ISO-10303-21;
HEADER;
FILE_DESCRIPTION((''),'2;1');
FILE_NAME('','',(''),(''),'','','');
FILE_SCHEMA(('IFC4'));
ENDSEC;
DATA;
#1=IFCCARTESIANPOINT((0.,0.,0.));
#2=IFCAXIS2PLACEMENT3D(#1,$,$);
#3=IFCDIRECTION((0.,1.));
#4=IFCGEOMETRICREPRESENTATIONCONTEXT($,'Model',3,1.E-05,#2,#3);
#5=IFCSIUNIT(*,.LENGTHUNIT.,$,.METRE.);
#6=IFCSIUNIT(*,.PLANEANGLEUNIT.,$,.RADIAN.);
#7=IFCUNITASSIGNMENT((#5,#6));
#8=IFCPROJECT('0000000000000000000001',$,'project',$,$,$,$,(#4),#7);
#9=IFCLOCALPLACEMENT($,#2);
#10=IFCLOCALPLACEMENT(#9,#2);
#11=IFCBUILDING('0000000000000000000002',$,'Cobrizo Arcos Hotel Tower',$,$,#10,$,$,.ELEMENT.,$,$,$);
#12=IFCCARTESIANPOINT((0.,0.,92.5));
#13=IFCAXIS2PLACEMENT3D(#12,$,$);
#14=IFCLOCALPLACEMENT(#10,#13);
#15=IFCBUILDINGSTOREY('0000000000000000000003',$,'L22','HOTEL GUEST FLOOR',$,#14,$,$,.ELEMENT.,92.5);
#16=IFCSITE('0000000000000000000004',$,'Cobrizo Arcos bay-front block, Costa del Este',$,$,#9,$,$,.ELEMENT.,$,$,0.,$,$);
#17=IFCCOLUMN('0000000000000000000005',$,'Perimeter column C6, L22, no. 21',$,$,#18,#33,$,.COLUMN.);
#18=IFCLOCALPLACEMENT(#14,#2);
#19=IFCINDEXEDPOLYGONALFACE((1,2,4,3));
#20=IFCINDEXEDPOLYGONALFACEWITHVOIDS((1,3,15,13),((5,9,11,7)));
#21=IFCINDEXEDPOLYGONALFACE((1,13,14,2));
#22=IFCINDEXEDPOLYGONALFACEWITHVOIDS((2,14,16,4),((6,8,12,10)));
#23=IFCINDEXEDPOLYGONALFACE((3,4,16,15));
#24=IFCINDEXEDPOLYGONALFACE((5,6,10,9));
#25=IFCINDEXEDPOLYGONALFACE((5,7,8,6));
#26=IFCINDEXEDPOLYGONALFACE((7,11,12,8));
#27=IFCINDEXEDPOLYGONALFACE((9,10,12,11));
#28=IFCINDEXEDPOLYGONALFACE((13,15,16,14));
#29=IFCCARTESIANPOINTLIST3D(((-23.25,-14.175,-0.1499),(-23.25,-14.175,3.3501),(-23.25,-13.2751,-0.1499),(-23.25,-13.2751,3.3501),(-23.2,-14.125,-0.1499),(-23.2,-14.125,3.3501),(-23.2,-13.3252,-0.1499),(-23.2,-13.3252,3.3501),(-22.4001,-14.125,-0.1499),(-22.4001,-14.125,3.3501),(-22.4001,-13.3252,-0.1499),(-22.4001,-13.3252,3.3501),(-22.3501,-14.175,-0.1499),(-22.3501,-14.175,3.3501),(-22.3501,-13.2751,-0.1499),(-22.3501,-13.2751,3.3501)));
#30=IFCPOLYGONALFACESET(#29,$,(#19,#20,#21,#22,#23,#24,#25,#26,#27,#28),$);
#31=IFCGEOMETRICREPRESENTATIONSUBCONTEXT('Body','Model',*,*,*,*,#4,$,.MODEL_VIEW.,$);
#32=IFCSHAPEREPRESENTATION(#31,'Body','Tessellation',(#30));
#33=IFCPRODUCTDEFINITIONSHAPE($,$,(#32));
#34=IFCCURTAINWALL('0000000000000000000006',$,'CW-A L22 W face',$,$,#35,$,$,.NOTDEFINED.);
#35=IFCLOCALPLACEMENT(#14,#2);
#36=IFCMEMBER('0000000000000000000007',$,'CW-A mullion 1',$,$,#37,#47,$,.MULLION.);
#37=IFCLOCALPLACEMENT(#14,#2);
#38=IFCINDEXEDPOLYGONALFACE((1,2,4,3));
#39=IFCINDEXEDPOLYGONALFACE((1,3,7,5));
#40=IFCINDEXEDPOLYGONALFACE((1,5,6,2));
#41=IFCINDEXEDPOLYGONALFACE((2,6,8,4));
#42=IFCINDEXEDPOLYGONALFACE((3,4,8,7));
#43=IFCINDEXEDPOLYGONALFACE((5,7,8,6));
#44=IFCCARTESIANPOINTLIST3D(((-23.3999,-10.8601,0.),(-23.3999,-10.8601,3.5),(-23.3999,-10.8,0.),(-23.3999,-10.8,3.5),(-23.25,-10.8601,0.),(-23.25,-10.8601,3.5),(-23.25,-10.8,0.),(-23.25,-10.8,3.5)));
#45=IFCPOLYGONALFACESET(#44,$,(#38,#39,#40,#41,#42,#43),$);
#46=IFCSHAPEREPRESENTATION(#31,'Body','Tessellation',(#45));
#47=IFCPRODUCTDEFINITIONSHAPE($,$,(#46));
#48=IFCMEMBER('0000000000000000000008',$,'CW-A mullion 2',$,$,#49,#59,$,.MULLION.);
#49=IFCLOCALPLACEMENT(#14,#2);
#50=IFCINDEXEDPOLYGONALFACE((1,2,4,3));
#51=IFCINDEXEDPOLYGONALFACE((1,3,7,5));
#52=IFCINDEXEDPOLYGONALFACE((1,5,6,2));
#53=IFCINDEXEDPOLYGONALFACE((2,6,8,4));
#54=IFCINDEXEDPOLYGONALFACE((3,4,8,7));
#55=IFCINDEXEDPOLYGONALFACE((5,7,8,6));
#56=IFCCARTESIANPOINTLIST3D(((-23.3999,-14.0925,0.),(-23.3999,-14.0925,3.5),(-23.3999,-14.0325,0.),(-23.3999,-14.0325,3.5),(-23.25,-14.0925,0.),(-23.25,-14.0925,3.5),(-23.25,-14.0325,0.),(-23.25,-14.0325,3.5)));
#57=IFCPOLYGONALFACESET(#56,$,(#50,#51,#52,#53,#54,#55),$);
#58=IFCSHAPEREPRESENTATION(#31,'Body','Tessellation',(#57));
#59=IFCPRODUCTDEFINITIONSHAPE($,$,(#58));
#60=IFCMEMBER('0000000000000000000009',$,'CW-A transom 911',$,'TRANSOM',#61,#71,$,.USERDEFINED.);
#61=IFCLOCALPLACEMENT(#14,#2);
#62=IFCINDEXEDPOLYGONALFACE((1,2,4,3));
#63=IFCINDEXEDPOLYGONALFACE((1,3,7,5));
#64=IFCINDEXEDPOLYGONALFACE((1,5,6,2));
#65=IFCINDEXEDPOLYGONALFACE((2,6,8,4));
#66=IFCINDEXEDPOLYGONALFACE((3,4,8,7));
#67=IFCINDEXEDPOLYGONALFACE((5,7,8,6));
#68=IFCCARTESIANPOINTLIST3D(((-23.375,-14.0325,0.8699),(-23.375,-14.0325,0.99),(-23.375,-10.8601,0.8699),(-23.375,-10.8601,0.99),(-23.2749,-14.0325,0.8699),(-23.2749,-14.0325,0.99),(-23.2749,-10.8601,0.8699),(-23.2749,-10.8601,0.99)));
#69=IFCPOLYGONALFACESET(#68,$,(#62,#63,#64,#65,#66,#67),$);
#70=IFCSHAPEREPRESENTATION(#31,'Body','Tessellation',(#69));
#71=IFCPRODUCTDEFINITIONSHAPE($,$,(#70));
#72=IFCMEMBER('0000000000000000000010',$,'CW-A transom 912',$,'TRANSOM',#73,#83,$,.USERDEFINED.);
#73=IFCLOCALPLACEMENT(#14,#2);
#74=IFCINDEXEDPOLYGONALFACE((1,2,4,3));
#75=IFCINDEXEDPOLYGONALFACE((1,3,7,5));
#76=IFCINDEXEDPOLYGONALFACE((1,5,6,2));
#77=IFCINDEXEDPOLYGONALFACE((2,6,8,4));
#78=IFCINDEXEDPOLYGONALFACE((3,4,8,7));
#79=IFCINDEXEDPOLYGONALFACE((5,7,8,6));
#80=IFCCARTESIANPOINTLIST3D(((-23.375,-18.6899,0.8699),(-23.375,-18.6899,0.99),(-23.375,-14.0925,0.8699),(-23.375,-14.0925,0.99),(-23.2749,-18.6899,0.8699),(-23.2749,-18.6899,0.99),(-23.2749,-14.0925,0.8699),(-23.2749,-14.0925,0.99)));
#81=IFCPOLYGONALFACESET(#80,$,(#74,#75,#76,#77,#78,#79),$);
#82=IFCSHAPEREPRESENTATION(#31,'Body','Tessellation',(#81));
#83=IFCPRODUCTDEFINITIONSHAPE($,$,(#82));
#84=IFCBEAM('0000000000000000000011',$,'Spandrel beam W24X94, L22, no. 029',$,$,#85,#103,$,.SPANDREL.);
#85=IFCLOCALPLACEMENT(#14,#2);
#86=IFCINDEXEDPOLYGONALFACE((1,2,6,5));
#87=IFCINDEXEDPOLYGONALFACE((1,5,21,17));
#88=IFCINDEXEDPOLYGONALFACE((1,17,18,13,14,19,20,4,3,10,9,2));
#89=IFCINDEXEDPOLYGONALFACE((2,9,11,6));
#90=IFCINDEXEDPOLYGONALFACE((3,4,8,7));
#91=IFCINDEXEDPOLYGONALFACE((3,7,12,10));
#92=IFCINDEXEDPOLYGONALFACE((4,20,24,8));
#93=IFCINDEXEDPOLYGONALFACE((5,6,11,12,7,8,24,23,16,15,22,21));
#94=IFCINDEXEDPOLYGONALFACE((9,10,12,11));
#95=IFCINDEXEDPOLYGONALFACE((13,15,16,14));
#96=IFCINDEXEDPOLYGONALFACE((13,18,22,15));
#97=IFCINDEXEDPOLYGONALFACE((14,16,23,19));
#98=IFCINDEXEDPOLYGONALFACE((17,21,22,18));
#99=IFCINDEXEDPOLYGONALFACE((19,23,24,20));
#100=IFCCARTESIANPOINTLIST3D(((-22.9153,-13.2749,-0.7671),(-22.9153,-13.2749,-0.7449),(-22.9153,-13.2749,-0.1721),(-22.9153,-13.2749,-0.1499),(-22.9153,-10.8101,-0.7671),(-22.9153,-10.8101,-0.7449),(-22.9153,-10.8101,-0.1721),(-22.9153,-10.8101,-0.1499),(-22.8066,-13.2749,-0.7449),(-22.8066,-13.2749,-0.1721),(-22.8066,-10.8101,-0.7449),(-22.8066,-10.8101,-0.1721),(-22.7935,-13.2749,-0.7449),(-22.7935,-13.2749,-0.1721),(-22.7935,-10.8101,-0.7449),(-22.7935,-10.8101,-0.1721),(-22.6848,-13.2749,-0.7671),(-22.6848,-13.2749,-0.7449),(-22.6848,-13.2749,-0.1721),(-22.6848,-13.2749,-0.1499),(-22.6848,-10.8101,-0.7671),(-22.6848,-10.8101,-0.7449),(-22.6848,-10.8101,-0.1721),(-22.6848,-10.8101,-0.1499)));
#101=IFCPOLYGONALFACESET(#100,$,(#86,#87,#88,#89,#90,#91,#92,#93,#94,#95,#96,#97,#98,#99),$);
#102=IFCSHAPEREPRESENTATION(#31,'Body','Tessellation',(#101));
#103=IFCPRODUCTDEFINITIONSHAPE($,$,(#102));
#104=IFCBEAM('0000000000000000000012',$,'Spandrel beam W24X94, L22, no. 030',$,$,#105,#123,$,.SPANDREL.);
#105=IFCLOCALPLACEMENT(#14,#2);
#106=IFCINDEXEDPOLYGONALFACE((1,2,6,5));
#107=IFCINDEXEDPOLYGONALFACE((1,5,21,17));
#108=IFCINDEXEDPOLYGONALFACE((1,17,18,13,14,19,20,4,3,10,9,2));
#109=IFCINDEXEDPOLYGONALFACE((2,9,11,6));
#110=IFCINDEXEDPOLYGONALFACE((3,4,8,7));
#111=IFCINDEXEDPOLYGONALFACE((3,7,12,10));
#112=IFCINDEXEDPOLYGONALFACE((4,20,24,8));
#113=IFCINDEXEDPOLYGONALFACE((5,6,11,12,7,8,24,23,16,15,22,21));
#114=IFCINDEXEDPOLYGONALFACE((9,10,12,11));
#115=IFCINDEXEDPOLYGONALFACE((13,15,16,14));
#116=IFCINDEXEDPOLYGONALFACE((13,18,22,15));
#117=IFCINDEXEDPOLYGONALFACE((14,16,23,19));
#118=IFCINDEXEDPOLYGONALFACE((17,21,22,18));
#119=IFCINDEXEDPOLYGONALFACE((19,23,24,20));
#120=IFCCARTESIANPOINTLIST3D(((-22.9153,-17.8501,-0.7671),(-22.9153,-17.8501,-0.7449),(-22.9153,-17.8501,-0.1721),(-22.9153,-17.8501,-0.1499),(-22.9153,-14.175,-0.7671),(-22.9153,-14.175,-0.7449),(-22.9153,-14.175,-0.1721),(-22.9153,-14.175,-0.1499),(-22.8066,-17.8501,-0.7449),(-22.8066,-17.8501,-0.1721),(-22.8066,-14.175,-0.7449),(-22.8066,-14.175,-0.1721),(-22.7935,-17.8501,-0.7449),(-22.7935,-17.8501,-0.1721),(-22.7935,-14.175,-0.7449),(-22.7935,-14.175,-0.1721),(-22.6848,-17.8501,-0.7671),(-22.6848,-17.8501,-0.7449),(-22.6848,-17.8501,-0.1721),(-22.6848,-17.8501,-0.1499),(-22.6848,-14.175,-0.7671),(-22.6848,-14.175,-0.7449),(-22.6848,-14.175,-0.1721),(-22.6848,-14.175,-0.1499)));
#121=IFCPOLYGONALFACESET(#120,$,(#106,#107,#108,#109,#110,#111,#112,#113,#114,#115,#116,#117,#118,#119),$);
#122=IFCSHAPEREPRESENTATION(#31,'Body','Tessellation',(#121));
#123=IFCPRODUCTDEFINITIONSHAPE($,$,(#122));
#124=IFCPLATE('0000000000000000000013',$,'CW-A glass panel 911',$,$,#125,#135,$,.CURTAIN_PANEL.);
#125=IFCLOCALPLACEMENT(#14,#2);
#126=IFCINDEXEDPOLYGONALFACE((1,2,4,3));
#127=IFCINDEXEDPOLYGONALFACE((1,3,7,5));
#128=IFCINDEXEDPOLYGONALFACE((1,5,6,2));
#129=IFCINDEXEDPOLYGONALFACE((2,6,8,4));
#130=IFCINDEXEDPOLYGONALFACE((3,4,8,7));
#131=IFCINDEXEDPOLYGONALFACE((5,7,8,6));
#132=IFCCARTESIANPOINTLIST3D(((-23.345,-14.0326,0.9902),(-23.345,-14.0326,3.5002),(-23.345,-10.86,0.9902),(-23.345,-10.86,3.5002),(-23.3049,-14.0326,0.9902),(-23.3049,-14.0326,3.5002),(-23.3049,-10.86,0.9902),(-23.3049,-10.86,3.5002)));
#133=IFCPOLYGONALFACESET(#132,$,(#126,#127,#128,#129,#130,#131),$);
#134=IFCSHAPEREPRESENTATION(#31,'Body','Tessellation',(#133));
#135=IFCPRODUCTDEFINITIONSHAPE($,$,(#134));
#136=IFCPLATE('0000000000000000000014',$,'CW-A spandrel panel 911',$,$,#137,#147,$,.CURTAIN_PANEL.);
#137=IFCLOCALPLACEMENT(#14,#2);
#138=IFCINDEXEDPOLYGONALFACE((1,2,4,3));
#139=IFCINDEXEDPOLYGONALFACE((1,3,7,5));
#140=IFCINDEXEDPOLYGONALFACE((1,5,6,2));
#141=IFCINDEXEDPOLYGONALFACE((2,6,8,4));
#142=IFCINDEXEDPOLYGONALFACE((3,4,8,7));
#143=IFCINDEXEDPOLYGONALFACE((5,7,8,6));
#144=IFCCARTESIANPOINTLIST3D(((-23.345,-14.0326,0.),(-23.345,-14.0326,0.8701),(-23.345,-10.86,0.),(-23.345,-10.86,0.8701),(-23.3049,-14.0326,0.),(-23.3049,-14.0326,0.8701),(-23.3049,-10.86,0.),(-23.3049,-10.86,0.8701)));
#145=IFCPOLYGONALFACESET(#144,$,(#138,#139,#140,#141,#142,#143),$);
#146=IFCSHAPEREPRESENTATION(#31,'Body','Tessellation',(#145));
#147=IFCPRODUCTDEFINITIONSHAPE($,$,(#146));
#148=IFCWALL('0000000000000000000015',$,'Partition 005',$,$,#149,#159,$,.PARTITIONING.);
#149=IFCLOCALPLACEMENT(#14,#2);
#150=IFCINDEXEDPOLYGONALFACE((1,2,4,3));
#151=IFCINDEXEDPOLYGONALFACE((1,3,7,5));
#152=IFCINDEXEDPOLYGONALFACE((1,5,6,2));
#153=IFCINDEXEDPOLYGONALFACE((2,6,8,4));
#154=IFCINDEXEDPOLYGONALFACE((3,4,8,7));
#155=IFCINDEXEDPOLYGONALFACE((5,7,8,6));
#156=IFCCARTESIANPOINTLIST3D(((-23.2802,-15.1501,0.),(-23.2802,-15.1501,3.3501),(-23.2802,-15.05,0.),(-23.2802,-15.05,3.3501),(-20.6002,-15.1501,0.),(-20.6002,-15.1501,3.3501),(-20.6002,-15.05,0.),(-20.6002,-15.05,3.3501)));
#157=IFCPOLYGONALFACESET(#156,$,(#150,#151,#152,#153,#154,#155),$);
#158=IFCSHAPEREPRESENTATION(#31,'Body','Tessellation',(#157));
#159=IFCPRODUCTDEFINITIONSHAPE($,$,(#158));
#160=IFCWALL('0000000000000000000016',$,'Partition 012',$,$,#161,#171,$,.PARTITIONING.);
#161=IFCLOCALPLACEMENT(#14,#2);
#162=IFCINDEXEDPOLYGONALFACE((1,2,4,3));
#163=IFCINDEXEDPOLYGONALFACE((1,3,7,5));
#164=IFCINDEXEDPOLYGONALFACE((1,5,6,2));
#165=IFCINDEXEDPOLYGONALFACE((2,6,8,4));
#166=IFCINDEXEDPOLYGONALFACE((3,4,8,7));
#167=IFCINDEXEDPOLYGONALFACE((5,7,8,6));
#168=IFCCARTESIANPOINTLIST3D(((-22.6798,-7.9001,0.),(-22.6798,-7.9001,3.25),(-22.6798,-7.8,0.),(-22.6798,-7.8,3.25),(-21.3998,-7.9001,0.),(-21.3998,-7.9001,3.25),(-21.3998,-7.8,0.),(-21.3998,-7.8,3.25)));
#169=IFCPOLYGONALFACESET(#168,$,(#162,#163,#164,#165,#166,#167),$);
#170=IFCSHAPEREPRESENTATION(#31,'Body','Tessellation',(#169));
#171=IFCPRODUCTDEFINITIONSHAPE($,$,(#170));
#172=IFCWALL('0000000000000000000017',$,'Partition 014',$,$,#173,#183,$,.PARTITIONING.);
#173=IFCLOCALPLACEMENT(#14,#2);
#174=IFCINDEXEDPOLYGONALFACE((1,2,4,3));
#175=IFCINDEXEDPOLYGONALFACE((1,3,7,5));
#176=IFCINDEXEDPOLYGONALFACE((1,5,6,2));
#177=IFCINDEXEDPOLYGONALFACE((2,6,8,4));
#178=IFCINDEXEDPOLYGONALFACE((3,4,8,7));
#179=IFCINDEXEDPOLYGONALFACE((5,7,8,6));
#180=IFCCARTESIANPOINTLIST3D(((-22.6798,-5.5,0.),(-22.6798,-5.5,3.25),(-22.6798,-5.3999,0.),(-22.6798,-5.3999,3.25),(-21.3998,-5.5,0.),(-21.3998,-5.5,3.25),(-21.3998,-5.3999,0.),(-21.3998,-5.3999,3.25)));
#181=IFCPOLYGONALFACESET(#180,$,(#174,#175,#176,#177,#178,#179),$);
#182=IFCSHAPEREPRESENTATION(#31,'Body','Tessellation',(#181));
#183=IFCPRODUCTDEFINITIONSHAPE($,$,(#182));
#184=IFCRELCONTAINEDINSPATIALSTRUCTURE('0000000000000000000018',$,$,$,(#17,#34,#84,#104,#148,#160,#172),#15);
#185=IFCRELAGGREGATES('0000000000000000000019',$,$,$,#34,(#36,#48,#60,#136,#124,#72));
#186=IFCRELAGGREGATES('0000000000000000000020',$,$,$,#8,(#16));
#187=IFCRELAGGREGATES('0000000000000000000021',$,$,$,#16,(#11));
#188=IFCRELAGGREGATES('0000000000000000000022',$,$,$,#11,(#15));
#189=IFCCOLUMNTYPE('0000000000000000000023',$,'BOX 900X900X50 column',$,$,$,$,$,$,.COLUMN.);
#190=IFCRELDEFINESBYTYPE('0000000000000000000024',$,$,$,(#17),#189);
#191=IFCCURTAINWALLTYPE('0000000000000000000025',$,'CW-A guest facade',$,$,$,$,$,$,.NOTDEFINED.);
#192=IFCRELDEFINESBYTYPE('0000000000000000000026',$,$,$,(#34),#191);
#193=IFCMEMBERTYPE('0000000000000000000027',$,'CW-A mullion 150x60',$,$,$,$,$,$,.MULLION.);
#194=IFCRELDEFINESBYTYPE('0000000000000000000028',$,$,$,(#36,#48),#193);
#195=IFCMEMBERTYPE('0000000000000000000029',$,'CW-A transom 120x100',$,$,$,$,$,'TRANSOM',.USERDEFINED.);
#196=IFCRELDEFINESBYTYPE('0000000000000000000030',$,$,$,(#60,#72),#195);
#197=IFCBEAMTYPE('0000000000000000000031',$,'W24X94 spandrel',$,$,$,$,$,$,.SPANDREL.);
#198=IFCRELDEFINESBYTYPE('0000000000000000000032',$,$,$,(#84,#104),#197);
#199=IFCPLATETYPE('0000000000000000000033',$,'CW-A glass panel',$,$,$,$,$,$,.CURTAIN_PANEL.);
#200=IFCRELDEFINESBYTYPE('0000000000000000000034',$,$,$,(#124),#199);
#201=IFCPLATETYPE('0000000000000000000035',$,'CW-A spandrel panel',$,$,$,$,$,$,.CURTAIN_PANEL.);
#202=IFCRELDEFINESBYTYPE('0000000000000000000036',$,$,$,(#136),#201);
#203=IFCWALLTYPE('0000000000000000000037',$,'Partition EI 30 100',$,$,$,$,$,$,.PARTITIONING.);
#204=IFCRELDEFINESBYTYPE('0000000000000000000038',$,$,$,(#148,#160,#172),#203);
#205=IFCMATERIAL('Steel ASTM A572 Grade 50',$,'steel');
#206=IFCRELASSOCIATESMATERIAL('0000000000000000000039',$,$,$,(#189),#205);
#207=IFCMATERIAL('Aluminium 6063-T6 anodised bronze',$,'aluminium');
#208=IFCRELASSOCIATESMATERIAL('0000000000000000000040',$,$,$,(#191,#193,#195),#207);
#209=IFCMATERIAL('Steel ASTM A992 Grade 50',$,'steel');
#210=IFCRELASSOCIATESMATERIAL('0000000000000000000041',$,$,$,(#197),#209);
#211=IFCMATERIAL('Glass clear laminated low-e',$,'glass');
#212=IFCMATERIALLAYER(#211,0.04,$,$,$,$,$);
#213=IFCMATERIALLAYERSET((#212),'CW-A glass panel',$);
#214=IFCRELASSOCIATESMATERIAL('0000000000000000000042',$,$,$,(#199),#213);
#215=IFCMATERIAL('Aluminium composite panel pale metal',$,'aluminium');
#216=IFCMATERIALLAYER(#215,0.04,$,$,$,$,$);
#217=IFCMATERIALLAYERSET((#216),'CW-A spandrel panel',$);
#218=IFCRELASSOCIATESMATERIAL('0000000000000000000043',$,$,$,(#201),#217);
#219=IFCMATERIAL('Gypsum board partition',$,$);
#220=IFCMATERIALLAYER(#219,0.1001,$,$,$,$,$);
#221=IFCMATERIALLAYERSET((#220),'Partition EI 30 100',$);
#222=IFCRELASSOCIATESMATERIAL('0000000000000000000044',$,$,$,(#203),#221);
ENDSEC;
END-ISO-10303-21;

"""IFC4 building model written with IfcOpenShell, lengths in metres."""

from ifc_helpers import new_model, si_unit, direction, frame, frame_2d, origin, origin_2d, place, context, subcontext, project, spatial, rectangle, hollow_rectangle, i_section, extrude, material, layer, layer_set, material_profile, profile_set, type_object, element, aggregate, save


model = new_model("IFC4")

# Units and contexts
model_context = context("Model", 3, precision=1e-05, world=origin(), true_north=direction((0.0, 1.0)))
body_context = subcontext(model_context, "Body", "Model", "MODEL_VIEW")
ifc_project = project(units=[si_unit("LENGTHUNIT", "METRE"), si_unit("PLANEANGLEUNIT", "RADIAN")], contexts=[model_context])

# Site, building, storey
site_placement = place(None, origin())
site = spatial("IfcSite", under=ifc_project, at=site_placement, Name="Cobrizo Arcos bay-front block, Costa del Este", CompositionType="ELEMENT", RefElevation=0.0)
building_placement = place(site_placement, origin())
building = spatial("IfcBuilding", under=site, at=building_placement, Name="Cobrizo Arcos Hotel Tower", CompositionType="ELEMENT")
storey_placement = place(building_placement, frame((0.0, 0.0, 92.5)))
storey = spatial("IfcBuildingStorey", under=building, at=storey_placement, Name="L22", Description="HOTEL GUEST FLOOR", CompositionType="ELEMENT", Elevation=92.5)

# Column
ifc_material_1 = material(Name="Steel ASTM A572 Grade 50", Category="steel")
ifc_material_profile_1 = material_profile(ifc_material_1, hollow_rectangle(XDim=0.8999, YDim=0.8999, WallThickness=0.05, at=origin_2d()), Name="BOX 900X900X50")
ifc_profile_set_1 = profile_set([ifc_material_profile_1], Name="Steel ASTM A572 Grade 50")
column_type = type_object("IfcColumnType", Name="BOX 900X900X50 column", PredefinedType="COLUMN", material=ifc_profile_set_1)
column_placement = place(storey_placement, frame((-22.8, -13.7251, -0.1499), z_axis=(0.0, 0.0, 1.0), x_axis=(1.0, 0.0, 0.0)))
element("IfcColumn", 1, at=column_placement, inside=storey, type_object=column_type, Name="Perimeter column C6, L22, no. 21", PredefinedType="COLUMN", context=body_context, shape_type="SweptSolid", body=[
    extrude(hollow_rectangle(XDim=0.8999, YDim=0.8999, WallThickness=0.05, at=origin_2d()), origin(), (0.0, 0.0, 1.0), 3.5),
])

# Curtain wall, members
ifc_material_2 = material(Name="Aluminium 6063-T6 anodised bronze", Category="aluminium")
curtain_wall_type = type_object("IfcCurtainWallType", Name="CW-A guest facade", PredefinedType="NOTDEFINED", material=ifc_material_2)
curtain_wall_placement = place(storey_placement, origin())
curtain_wall = element("IfcCurtainWall", 2, at=curtain_wall_placement, inside=storey, type_object=curtain_wall_type, Name="CW-A L22 W face", PredefinedType="NOTDEFINED")
ifc_material_profile_2 = material_profile(ifc_material_2, rectangle(XDim=0.1499, YDim=0.0601, at=origin_2d()), Name="CW-A mullion 150x60")
ifc_profile_set_2 = profile_set([ifc_material_profile_2], Name="Aluminium 6063-T6 anodised bronze")
member_type_1 = type_object("IfcMemberType", Name="CW-A mullion 150x60", PredefinedType="MULLION", material=ifc_profile_set_2)
member_1_placement = place(storey_placement, frame((-23.325, -10.8301, 0.0), z_axis=(0.0, 0.0, 1.0), x_axis=(-1.0, 0.0, 0.0)))
member_1 = element("IfcMember", 3, at=member_1_placement, type_object=member_type_1, Name="CW-A mullion 1", PredefinedType="MULLION", context=body_context, shape_type="SweptSolid", body=[
    extrude(rectangle(XDim=0.1499, YDim=0.0601, at=origin_2d()), origin(), (0.0, 0.0, 1.0), 3.5),
])
member_2_placement = place(storey_placement, frame((-23.325, -14.0625, 0.0), z_axis=(0.0, 0.0, 1.0), x_axis=(-1.0, 0.0, 0.0)))
member_2 = element("IfcMember", 4, at=member_2_placement, type_object=member_type_1, Name="CW-A mullion 2", PredefinedType="MULLION", context=body_context, shape_type="SweptSolid", body=[
    extrude(rectangle(XDim=0.1499, YDim=0.0601, at=origin_2d()), origin(), (0.0, 0.0, 1.0), 3.5),
])
ifc_material_profile_3 = material_profile(ifc_material_2, rectangle(XDim=0.1001, YDim=0.1201, at=origin_2d()), Name="CW-A transom 120x100")
ifc_profile_set_3 = profile_set([ifc_material_profile_3], Name="Aluminium 6063-T6 anodised bronze")
member_type_2 = type_object("IfcMemberType", Name="CW-A transom 120x100", ElementType="TRANSOM", PredefinedType="USERDEFINED", material=ifc_profile_set_3)
member_3_placement = place(storey_placement, frame((-23.325, -10.8601, 0.9299), z_axis=(0.0, -1.0, 0.0), x_axis=(1.0, 0.0, 0.0)))
member_3 = element("IfcMember", 5, at=member_3_placement, type_object=member_type_2, Name="CW-A transom 911", ObjectType="TRANSOM", PredefinedType="USERDEFINED", context=body_context, shape_type="SweptSolid", body=[
    extrude(rectangle(XDim=0.1001, YDim=0.1201, at=origin_2d()), origin(), (0.0, 0.0, 1.0), 3.1724),
])
member_4_placement = place(storey_placement, frame((-23.325, -14.0925, 0.9299), z_axis=(0.0, -1.0, 0.0), x_axis=(1.0, 0.0, 0.0)))
member_4 = element("IfcMember", 6, at=member_4_placement, type_object=member_type_2, Name="CW-A transom 912", ObjectType="TRANSOM", PredefinedType="USERDEFINED", context=body_context, shape_type="SweptSolid", body=[
    extrude(rectangle(XDim=0.1001, YDim=0.1201, at=origin_2d()), origin(), (0.0, 0.0, 1.0), 4.5974),
])

# Beams
ifc_material_3 = material(Name="Steel ASTM A992 Grade 50", Category="steel")
ifc_material_profile_4 = material_profile(ifc_material_3, i_section(OverallWidth=0.2305, OverallDepth=0.6172, WebThickness=0.0132, FlangeThickness=0.0222, at=origin_2d()), Name="W24X94")
ifc_profile_set_4 = profile_set([ifc_material_profile_4], Name="Steel ASTM A992 Grade 50")
beam_type = type_object("IfcBeamType", Name="W24X94 spandrel", PredefinedType="SPANDREL", material=ifc_profile_set_4)
beam_1_placement = place(storey_placement, frame((-22.8, -10.8101, -0.4585), z_axis=(0.0, -1.0, 0.0), x_axis=(1.0, 0.0, 0.0)))
element("IfcBeam", 7, at=beam_1_placement, inside=storey, type_object=beam_type, Name="Spandrel beam W24X94, L22, no. 029", PredefinedType="SPANDREL", context=body_context, shape_type="SweptSolid", body=[
    extrude(i_section(OverallWidth=0.2305, OverallDepth=0.6172, WebThickness=0.0132, FlangeThickness=0.0222, at=origin_2d()), origin(), (0.0, 0.0, 1.0), 2.4648),
])
beam_2_placement = place(storey_placement, frame((-22.8, -14.175, -0.4585), z_axis=(0.0, -1.0, 0.0), x_axis=(1.0, 0.0, 0.0)))
element("IfcBeam", 8, at=beam_2_placement, inside=storey, type_object=beam_type, Name="Spandrel beam W24X94, L22, no. 030", PredefinedType="SPANDREL", context=body_context, shape_type="SweptSolid", body=[
    extrude(i_section(OverallWidth=0.2305, OverallDepth=0.6172, WebThickness=0.0132, FlangeThickness=0.0222, at=origin_2d()), origin(), (0.0, 0.0, 1.0), 3.675),
])

# Plates
ifc_material_4 = material(Name="Glass clear laminated low-e", Category="glass")
ifc_layer_1 = layer(ifc_material_4, 0.04)
ifc_layer_set_1 = layer_set([ifc_layer_1], Name="CW-A glass panel")
plate_type_1 = type_object("IfcPlateType", Name="CW-A glass panel", PredefinedType="CURTAIN_PANEL", material=ifc_layer_set_1)
plate_1_placement = place(storey_placement, frame((-23.325, -12.4463, 0.9902), z_axis=(0.0, 0.0, 1.0), x_axis=(0.0, -1.0, 0.0)))
plate_1 = element("IfcPlate", 9, at=plate_1_placement, type_object=plate_type_1, Name="CW-A glass panel 911", PredefinedType="CURTAIN_PANEL", context=body_context, shape_type="SweptSolid", body=[
    extrude(rectangle(XDim=3.1726, YDim=0.04, at=origin_2d()), origin(), (0.0, 0.0, 1.0), 2.51),
])
ifc_material_5 = material(Name="Aluminium composite panel pale metal", Category="aluminium")
ifc_layer_2 = layer(ifc_material_5, 0.04)
ifc_layer_set_2 = layer_set([ifc_layer_2], Name="CW-A spandrel panel")
plate_type_2 = type_object("IfcPlateType", Name="CW-A spandrel panel", PredefinedType="CURTAIN_PANEL", material=ifc_layer_set_2)
plate_2_placement = place(storey_placement, frame((-23.325, -12.4463, 0.0), z_axis=(0.0, 0.0, 1.0), x_axis=(0.0, -1.0, 0.0)))
plate_2 = element("IfcPlate", 10, at=plate_2_placement, type_object=plate_type_2, Name="CW-A spandrel panel 911", PredefinedType="CURTAIN_PANEL", context=body_context, shape_type="SweptSolid", body=[
    extrude(rectangle(XDim=3.1726, YDim=0.04, at=origin_2d()), origin(), (0.0, 0.0, 1.0), 0.8701),
])
aggregate(curtain_wall, [member_1, member_2, member_3, plate_2, plate_1, member_4])

# Walls
ifc_material_6 = material(Name="Gypsum board partition")
ifc_layer_3 = layer(ifc_material_6, 0.1001)
ifc_layer_set_3 = layer_set([ifc_layer_3], Name="Partition EI 30 100")
wall_type_1 = type_object("IfcWallType", Name="Partition EI 30 100", PredefinedType="PARTITIONING", material=ifc_layer_set_3)
wall_1_placement = place(storey_placement, frame((-23.28, -15.1001, 0.0), z_axis=(0.0, 0.0, 1.0), x_axis=(1.0, 0.0, 0.0)))
element("IfcWall", 11, at=wall_1_placement, inside=storey, type_object=wall_type_1, Name="Partition 005", PredefinedType="PARTITIONING", context=body_context, shape_type="SweptSolid", body=[
    extrude(rectangle(XDim=2.6799, YDim=0.1001, at=frame_2d((1.3398, 0.0))), origin(), (0.0, 0.0, 1.0), 3.3501),
])
for number, where, z_axis, x_axis, name in (
    (12, (-22.6799, -7.8501, 0.0), (0.0, 0.0, 1.0), (1.0, 0.0, 0.0), "Partition 012"),
    (13, (-22.6799, -5.45, 0.0), (0.0, 0.0, 1.0), (1.0, 0.0, 0.0), "Partition 014"),
):
    element("IfcWall", number, at=place(storey_placement, frame(where, z_axis=z_axis, x_axis=x_axis)), inside=storey, type_object=wall_type_1, Name=name, PredefinedType="PARTITIONING", context=body_context, shape_type="SweptSolid", body=[
        extrude(rectangle(XDim=1.28, YDim=0.1001, at=frame_2d((0.6401, 0.0))), origin(), (0.0, 0.0, 1.0), 3.25),
    ])

save(model, "model.ifc")
